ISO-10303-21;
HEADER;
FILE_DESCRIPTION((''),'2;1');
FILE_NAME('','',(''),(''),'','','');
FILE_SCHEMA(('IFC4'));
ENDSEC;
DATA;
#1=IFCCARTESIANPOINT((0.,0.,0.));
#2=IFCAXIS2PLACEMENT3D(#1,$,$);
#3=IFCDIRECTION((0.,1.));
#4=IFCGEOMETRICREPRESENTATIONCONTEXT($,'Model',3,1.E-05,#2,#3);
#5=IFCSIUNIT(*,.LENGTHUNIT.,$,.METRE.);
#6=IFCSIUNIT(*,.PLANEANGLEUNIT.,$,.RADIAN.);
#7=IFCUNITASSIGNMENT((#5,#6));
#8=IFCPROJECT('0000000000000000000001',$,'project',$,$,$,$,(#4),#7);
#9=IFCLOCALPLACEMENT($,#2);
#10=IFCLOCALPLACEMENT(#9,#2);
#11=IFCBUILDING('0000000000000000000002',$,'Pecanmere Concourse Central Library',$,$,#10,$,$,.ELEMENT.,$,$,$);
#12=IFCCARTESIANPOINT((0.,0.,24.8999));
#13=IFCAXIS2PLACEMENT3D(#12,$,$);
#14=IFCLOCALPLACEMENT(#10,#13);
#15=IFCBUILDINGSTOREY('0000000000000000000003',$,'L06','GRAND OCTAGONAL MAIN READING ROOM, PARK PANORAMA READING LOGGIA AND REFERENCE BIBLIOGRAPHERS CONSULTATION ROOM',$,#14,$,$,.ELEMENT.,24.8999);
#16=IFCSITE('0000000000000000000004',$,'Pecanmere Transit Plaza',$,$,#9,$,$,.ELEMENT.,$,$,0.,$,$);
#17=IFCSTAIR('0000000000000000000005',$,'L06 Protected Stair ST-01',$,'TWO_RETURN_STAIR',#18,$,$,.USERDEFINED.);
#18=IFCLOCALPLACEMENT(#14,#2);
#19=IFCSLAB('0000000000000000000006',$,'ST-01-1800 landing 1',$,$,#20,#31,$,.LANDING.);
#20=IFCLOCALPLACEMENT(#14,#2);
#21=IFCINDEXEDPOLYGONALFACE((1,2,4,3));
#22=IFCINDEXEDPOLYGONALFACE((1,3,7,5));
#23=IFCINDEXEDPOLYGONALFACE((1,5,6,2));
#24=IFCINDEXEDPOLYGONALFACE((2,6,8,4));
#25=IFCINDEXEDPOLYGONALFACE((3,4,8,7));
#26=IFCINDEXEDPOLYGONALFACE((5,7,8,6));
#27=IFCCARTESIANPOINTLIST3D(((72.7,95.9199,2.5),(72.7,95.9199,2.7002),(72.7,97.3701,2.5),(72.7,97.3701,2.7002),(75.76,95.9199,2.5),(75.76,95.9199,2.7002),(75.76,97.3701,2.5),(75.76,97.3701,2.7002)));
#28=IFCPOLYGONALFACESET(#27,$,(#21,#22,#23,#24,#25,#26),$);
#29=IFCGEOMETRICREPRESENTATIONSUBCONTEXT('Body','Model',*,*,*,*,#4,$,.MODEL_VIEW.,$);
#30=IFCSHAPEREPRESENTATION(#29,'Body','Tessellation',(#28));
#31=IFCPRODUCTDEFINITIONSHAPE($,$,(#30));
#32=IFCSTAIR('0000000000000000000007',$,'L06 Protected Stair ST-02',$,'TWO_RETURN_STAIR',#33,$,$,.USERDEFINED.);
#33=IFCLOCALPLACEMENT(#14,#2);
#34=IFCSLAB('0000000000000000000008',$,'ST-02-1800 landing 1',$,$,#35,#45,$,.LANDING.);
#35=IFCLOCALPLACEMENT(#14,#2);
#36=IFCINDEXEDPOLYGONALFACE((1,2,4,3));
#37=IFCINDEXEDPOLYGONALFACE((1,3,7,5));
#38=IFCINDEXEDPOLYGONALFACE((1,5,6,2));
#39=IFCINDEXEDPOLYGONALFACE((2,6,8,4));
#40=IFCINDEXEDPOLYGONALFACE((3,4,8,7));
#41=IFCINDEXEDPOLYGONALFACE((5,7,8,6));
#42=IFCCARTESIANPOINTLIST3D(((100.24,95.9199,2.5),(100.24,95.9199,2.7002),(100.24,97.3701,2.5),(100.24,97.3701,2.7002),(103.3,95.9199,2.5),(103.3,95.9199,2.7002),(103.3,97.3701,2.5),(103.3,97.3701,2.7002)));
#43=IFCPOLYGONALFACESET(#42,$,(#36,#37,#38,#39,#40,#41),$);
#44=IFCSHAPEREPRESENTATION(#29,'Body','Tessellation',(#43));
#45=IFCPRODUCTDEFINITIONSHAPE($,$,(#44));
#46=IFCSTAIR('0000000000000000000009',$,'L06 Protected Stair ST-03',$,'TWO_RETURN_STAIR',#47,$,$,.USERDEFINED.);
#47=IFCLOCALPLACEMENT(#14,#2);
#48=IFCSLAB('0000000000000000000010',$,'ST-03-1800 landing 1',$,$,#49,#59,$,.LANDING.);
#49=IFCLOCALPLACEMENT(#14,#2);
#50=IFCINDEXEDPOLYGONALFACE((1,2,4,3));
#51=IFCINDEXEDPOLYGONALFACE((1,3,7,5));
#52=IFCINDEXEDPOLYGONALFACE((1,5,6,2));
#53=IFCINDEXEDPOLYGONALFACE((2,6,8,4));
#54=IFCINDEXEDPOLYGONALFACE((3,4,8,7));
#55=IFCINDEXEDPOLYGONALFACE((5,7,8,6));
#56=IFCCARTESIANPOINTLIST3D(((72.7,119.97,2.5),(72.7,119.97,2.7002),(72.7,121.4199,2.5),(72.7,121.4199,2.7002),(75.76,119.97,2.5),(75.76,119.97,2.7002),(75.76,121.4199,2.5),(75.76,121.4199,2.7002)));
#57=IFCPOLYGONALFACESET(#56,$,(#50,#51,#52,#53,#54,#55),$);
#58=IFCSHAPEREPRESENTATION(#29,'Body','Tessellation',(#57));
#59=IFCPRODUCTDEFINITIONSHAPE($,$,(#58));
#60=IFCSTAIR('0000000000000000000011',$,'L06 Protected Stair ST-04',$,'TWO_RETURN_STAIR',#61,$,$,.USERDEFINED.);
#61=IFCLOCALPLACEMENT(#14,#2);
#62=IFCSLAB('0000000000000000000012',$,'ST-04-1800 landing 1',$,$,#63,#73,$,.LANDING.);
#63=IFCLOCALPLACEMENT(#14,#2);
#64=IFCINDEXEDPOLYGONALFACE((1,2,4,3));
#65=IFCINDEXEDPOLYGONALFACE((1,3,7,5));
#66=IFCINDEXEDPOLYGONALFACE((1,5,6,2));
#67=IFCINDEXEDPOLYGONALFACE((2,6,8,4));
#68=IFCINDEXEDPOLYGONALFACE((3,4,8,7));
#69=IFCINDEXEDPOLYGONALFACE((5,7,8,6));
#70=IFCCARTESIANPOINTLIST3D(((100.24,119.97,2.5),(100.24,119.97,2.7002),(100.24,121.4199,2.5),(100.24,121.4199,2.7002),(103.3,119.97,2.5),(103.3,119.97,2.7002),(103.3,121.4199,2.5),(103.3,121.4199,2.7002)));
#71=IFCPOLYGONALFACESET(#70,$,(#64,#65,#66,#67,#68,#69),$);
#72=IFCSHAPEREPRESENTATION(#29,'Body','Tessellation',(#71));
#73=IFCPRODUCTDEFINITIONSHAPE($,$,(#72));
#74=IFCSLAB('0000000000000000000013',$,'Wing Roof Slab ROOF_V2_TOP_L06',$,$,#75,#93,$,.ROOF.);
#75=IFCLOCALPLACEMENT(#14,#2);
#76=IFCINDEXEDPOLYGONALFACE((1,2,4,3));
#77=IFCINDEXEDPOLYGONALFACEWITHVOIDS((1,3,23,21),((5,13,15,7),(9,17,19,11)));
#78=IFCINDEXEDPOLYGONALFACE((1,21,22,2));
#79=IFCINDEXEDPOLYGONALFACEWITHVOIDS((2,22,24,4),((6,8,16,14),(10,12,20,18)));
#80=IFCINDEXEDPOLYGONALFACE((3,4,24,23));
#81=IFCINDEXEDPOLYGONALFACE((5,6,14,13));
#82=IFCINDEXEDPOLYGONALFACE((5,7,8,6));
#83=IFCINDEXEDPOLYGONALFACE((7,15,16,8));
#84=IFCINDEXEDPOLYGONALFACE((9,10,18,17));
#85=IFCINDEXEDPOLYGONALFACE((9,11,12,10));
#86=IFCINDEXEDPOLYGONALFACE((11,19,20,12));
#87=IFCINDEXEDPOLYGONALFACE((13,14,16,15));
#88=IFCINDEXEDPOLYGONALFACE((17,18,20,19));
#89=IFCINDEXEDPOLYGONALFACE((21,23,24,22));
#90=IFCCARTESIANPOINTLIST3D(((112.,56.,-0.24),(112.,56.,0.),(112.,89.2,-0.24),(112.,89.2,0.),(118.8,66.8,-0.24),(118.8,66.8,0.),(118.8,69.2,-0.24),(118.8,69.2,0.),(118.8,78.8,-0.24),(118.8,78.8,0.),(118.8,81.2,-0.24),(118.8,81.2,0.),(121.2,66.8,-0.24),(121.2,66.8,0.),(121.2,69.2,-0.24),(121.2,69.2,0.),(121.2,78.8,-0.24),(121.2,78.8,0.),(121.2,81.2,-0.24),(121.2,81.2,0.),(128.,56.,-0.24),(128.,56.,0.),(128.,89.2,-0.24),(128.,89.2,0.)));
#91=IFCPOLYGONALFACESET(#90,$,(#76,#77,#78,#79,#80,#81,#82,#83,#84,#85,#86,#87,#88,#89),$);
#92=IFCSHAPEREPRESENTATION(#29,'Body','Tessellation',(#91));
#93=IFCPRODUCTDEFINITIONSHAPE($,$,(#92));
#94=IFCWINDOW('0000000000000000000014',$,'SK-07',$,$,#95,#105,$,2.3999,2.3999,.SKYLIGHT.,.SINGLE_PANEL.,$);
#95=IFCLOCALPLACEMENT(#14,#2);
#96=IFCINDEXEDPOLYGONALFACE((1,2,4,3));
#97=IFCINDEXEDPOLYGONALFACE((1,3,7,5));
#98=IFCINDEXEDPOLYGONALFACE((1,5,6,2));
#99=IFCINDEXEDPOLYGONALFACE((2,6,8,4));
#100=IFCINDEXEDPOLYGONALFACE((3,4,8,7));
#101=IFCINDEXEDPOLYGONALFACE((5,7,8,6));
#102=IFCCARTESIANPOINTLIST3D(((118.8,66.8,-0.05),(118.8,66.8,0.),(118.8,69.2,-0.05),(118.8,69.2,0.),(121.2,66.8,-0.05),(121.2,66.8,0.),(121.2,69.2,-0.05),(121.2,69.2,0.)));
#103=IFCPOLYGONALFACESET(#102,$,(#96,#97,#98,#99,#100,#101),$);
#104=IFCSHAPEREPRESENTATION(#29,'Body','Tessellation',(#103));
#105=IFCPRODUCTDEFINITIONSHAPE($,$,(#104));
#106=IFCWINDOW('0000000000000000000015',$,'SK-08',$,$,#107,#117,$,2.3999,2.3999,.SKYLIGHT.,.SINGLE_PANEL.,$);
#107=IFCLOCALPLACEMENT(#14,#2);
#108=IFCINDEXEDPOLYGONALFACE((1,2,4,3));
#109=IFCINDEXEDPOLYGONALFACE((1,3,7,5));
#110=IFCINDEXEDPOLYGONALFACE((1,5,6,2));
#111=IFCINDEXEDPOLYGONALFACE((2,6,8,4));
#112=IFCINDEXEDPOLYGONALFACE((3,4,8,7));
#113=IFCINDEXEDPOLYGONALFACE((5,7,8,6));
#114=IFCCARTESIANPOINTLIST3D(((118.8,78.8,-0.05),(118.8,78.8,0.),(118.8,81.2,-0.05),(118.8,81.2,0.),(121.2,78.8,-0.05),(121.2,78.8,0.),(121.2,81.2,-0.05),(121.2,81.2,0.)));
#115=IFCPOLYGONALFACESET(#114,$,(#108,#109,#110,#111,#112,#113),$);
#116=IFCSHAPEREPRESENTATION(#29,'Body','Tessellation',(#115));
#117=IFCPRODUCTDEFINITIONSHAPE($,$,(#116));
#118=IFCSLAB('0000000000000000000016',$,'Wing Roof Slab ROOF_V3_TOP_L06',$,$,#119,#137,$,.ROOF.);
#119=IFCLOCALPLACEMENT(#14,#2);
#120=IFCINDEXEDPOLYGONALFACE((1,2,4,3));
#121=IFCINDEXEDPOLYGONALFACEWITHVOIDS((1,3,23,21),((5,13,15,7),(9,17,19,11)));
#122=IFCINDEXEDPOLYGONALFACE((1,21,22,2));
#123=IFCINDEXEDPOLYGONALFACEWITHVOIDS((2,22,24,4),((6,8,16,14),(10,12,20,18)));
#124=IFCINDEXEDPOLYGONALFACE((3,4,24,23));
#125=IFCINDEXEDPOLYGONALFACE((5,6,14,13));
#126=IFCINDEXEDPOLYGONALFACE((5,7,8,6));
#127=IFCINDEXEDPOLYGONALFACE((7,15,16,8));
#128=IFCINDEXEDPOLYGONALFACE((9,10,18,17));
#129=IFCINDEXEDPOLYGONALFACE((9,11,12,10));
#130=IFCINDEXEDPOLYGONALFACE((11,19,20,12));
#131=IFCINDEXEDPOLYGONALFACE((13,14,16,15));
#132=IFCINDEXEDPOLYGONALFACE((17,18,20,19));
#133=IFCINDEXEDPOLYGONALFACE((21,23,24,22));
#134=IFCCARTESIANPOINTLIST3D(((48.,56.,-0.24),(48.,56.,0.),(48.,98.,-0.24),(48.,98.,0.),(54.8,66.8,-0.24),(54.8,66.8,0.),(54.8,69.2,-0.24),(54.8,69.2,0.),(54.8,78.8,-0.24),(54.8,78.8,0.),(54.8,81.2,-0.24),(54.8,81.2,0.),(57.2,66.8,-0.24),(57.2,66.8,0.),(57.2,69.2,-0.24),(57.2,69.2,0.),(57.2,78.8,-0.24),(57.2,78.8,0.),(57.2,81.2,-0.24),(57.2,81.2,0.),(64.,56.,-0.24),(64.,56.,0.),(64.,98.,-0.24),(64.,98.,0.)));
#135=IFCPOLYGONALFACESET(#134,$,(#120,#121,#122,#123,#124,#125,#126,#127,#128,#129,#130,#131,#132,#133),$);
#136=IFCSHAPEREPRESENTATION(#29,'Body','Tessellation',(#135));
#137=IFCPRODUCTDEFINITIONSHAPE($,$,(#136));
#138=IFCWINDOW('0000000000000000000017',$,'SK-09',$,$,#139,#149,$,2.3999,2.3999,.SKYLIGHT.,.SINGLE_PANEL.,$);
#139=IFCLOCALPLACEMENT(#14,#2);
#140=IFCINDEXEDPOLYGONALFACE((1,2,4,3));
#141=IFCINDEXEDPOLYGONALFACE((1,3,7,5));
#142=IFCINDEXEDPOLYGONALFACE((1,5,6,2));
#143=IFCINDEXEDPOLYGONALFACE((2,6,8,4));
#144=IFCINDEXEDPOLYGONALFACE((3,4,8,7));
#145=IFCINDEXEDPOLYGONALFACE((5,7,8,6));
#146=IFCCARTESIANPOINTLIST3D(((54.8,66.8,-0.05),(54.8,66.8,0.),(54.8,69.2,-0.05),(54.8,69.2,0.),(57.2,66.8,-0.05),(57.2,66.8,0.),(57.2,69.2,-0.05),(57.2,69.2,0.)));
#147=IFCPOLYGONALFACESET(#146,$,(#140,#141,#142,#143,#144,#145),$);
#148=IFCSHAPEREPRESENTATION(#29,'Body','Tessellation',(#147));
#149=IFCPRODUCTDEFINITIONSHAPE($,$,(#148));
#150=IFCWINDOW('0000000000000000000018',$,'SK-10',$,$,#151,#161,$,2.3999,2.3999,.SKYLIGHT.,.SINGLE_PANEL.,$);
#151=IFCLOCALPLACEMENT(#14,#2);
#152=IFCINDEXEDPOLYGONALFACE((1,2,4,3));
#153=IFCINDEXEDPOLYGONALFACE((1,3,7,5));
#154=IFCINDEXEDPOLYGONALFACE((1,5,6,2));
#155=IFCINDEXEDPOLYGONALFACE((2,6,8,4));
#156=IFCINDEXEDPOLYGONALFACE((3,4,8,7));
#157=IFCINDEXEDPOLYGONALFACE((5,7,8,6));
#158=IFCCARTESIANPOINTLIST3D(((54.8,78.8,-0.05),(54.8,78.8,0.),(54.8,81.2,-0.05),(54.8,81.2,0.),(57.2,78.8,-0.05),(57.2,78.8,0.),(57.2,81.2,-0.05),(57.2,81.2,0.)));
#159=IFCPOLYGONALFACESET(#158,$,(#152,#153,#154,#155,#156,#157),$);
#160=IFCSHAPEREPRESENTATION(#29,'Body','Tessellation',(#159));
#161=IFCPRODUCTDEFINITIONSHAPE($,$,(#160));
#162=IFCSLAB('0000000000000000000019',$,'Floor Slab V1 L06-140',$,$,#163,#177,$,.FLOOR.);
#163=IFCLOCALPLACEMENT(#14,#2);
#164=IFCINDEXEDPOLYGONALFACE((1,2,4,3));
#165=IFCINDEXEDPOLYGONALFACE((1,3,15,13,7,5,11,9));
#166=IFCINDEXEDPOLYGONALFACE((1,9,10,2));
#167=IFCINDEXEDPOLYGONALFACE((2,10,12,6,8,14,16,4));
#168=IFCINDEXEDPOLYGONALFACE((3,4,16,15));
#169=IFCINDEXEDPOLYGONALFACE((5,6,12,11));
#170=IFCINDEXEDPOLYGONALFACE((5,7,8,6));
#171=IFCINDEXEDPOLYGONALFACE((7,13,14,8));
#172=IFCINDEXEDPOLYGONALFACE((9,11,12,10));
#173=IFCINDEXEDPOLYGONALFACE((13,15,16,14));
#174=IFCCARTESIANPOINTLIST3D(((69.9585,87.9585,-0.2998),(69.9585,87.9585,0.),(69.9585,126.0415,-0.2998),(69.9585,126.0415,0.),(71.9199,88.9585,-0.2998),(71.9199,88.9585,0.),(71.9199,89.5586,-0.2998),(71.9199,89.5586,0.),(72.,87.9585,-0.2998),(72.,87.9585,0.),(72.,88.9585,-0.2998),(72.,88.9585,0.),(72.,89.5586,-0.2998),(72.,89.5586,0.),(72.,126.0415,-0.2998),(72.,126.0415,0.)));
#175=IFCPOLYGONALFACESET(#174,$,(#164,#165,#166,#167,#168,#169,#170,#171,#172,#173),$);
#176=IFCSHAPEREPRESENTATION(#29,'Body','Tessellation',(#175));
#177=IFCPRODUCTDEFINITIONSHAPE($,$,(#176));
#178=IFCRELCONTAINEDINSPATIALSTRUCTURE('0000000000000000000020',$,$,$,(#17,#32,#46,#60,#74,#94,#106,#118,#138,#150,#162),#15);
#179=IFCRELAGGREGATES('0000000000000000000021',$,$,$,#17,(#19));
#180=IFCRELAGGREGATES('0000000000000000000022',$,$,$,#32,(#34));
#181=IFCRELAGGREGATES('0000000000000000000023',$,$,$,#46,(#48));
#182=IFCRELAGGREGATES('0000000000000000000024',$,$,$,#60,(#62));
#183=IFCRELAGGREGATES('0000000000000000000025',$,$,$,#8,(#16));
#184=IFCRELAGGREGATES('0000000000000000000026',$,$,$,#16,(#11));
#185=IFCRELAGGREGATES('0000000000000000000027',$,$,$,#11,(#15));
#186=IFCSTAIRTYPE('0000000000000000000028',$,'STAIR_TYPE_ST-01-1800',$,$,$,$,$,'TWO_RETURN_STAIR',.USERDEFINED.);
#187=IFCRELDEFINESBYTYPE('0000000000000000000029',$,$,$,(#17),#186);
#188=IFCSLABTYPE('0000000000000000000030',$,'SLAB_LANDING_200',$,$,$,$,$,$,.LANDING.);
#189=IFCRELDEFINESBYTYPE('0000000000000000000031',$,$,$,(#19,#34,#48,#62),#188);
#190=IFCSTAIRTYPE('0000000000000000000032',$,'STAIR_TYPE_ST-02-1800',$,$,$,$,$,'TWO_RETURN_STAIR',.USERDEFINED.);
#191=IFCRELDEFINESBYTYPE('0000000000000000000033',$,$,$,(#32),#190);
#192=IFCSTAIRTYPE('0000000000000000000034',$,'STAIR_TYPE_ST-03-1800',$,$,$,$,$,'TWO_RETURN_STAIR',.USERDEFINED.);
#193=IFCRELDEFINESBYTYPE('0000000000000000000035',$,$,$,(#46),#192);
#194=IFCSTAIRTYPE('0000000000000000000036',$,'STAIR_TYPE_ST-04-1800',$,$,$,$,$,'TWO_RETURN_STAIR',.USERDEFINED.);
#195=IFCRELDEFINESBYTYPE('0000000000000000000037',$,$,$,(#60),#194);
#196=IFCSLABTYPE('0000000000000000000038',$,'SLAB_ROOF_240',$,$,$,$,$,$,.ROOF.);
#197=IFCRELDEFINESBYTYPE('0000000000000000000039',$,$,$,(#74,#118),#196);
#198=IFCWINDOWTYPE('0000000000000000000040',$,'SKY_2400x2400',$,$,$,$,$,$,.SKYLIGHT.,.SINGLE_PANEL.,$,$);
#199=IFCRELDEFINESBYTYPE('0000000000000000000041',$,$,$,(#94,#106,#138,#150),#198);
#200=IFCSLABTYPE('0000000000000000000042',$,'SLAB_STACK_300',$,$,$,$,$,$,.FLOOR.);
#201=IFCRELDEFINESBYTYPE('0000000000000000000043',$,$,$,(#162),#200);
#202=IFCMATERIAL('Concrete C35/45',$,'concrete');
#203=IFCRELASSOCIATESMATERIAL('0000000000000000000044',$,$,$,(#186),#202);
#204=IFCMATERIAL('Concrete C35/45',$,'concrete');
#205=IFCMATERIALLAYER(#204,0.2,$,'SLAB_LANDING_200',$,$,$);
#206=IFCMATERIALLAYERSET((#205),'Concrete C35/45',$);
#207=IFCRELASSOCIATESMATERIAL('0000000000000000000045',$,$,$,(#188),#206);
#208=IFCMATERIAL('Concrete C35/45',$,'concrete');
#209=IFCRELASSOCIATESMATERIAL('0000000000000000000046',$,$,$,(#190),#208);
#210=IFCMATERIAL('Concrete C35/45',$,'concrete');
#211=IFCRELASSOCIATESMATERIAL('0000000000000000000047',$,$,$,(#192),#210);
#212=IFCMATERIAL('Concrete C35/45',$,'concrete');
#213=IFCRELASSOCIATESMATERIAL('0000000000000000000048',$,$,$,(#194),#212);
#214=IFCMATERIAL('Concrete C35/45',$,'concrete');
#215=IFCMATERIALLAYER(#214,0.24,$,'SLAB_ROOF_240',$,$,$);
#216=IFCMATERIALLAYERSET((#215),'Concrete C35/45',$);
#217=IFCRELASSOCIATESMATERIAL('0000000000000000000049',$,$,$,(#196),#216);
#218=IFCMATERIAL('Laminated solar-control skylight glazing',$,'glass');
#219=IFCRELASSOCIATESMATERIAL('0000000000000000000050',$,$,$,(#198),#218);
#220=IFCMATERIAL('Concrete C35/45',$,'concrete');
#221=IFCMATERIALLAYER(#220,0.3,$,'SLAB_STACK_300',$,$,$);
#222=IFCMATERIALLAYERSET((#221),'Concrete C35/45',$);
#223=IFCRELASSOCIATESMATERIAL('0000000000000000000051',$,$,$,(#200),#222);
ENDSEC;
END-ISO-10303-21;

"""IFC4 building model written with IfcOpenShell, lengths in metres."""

from ifc_helpers import new_model, si_unit, direction, frame, origin, origin_2d, place, context, subcontext, project, spatial, polyline, rectangle, outline, extrude, material, layer, layer_set, type_object, element, fill, aggregate, save


model = new_model("IFC4")

# Units and contexts
model_context = context("Model", 3, precision=1e-05, world=origin(), true_north=direction((0.0, 1.0)))
body_context = subcontext(model_context, "Body", "Model", "MODEL_VIEW")
ifc_project = project(units=[si_unit("LENGTHUNIT", "METRE"), si_unit("PLANEANGLEUNIT", "RADIAN")], contexts=[model_context])

# Site, building, storey
site_placement = place(None, origin())
site = spatial("IfcSite", under=ifc_project, at=site_placement, Name="Pecanmere Transit Plaza", CompositionType="ELEMENT", RefElevation=0.0)
building_placement = place(site_placement, origin())
building = spatial("IfcBuilding", under=site, at=building_placement, Name="Pecanmere Concourse Central Library", CompositionType="ELEMENT")
storey_placement = place(building_placement, frame((0.0, 0.0, 24.8999)))
storey = spatial("IfcBuildingStorey", under=building, at=storey_placement, Name="L06", Description="GRAND OCTAGONAL MAIN READING ROOM, PARK PANORAMA READING LOGGIA AND REFERENCE BIBLIOGRAPHERS CONSULTATION ROOM", CompositionType="ELEMENT", Elevation=24.8999)

# Stairs, slabs
ifc_material_1 = material(Name="Concrete C35/45", Category="concrete")
stair_type_1 = type_object("IfcStairType", Name="STAIR_TYPE_ST-01-1800", ElementType="TWO_RETURN_STAIR", PredefinedType="USERDEFINED", material=ifc_material_1)
stair_1_placement = place(storey_placement, origin())
stair_1 = element("IfcStair", 1, at=stair_1_placement, inside=storey, type_object=stair_type_1, Name="L06 Protected Stair ST-01", ObjectType="TWO_RETURN_STAIR", PredefinedType="USERDEFINED")
ifc_material_2 = material(Name="Concrete C35/45", Category="concrete")
ifc_layer_1 = layer(ifc_material_2, 0.2, Name="SLAB_LANDING_200")
ifc_layer_set_1 = layer_set([ifc_layer_1], Name="Concrete C35/45")
slab_type_1 = type_object("IfcSlabType", Name="SLAB_LANDING_200", PredefinedType="LANDING", material=ifc_layer_set_1)
slab_1_placement = place(storey_placement, frame((0.0, 0.0, 2.5)))
slab_1 = element("IfcSlab", 2, at=slab_1_placement, type_object=slab_type_1, Name="ST-01-1800 landing 1", PredefinedType="LANDING", context=body_context, shape_type="SweptSolid", body=[
    extrude(outline(polyline([(75.76, 95.9199), (75.76, 97.3701), (72.7, 97.3701), (72.7, 95.9199), (75.76, 95.9199)])), origin(), (0.0, 0.0, 1.0), 0.2002),
])
aggregate(stair_1, [slab_1])
ifc_material_3 = material(Name="Concrete C35/45", Category="concrete")
stair_type_2 = type_object("IfcStairType", Name="STAIR_TYPE_ST-02-1800", ElementType="TWO_RETURN_STAIR", PredefinedType="USERDEFINED", material=ifc_material_3)
stair_2_placement = place(storey_placement, origin())
stair_2 = element("IfcStair", 3, at=stair_2_placement, inside=storey, type_object=stair_type_2, Name="L06 Protected Stair ST-02", ObjectType="TWO_RETURN_STAIR", PredefinedType="USERDEFINED")
slab_2_placement = place(storey_placement, frame((0.0, 0.0, 2.5)))
slab_2 = element("IfcSlab", 4, at=slab_2_placement, type_object=slab_type_1, Name="ST-02-1800 landing 1", PredefinedType="LANDING", context=body_context, shape_type="SweptSolid", body=[
    extrude(outline(polyline([(103.3, 95.9199), (103.3, 97.3701), (100.24, 97.3701), (100.24, 95.9199), (103.3, 95.9199)])), origin(), (0.0, 0.0, 1.0), 0.2002),
])
aggregate(stair_2, [slab_2])
ifc_material_4 = material(Name="Concrete C35/45", Category="concrete")
stair_type_3 = type_object("IfcStairType", Name="STAIR_TYPE_ST-03-1800", ElementType="TWO_RETURN_STAIR", PredefinedType="USERDEFINED", material=ifc_material_4)
stair_3_placement = place(storey_placement, origin())
stair_3 = element("IfcStair", 5, at=stair_3_placement, inside=storey, type_object=stair_type_3, Name="L06 Protected Stair ST-03", ObjectType="TWO_RETURN_STAIR", PredefinedType="USERDEFINED")
slab_3_placement = place(storey_placement, frame((0.0, 0.0, 2.5)))
slab_3 = element("IfcSlab", 6, at=slab_3_placement, type_object=slab_type_1, Name="ST-03-1800 landing 1", PredefinedType="LANDING", context=body_context, shape_type="SweptSolid", body=[
    extrude(outline(polyline([(75.76, 119.97), (75.76, 121.4199), (72.7, 121.4199), (72.7, 119.97), (75.76, 119.97)])), origin(), (0.0, 0.0, 1.0), 0.2002),
])
aggregate(stair_3, [slab_3])
ifc_material_5 = material(Name="Concrete C35/45", Category="concrete")
stair_type_4 = type_object("IfcStairType", Name="STAIR_TYPE_ST-04-1800", ElementType="TWO_RETURN_STAIR", PredefinedType="USERDEFINED", material=ifc_material_5)
stair_4_placement = place(storey_placement, origin())
stair_4 = element("IfcStair", 7, at=stair_4_placement, inside=storey, type_object=stair_type_4, Name="L06 Protected Stair ST-04", ObjectType="TWO_RETURN_STAIR", PredefinedType="USERDEFINED")
slab_4_placement = place(storey_placement, frame((0.0, 0.0, 2.5)))
slab_4 = element("IfcSlab", 8, at=slab_4_placement, type_object=slab_type_1, Name="ST-04-1800 landing 1", PredefinedType="LANDING", context=body_context, shape_type="SweptSolid", body=[
    extrude(outline(polyline([(103.3, 119.97), (103.3, 121.4199), (100.24, 121.4199), (100.24, 119.97), (103.3, 119.97)])), origin(), (0.0, 0.0, 1.0), 0.2002),
])
aggregate(stair_4, [slab_4])

# Slabs, openings, windows
ifc_material_6 = material(Name="Concrete C35/45", Category="concrete")
ifc_layer_2 = layer(ifc_material_6, 0.24, Name="SLAB_ROOF_240")
ifc_layer_set_2 = layer_set([ifc_layer_2], Name="Concrete C35/45")
slab_type_2 = type_object("IfcSlabType", Name="SLAB_ROOF_240", PredefinedType="ROOF", material=ifc_layer_set_2)
slab_5_placement = place(storey_placement, frame((0.0, 0.0, -0.24)))
slab_5 = element("IfcSlab", 9, at=slab_5_placement, inside=storey, type_object=slab_type_2, Name="Wing Roof Slab ROOF_V2_TOP_L06", PredefinedType="ROOF", context=body_context, shape_type="SweptSolid", body=[
    extrude(outline(polyline([(128.0, 56.0), (128.0, 89.2), (112.0, 89.2), (112.0, 56.0), (128.0, 56.0)])), origin(), (0.0, 0.0, 1.0), 0.24),
])
opening_1_placement = place(slab_5_placement, frame((120.0, 68.0, 0.0)))
opening_1 = element("IfcOpeningElement", 10, at=opening_1_placement, cuts=slab_5, PredefinedType="OPENING", context=body_context, shape_type="SweptSolid", body=[
    extrude(rectangle(XDim=2.3999, YDim=2.3999, at=origin_2d()), origin(), (0.0, 0.0, 1.0), 0.24),
])
opening_2_placement = place(slab_5_placement, frame((120.0, 80.0, 0.0)))
opening_2 = element("IfcOpeningElement", 11, at=opening_2_placement, cuts=slab_5, PredefinedType="OPENING", context=body_context, shape_type="SweptSolid", body=[
    extrude(rectangle(XDim=2.3999, YDim=2.3999, at=origin_2d()), origin(), (0.0, 0.0, 1.0), 0.24),
])
ifc_material_7 = material(Name="Laminated solar-control skylight glazing", Category="glass")
window_type = type_object("IfcWindowType", Name="SKY_2400x2400", PartitioningType="SINGLE_PANEL", PredefinedType="SKYLIGHT", material=ifc_material_7)
window_1_placement = place(opening_1_placement, frame((0.0, 0.0, 0.1899)))
window_1 = element("IfcWindow", 12, at=window_1_placement, inside=storey, type_object=window_type, Name="SK-07", OverallHeight=2.3999, OverallWidth=2.3999, PartitioningType="SINGLE_PANEL", PredefinedType="SKYLIGHT", context=body_context, shape_type="SweptSolid", body=[
    extrude(rectangle(XDim=2.3999, YDim=2.3999, at=origin_2d()), origin(), (0.0, 0.0, 1.0), 0.05),
])
fill(opening_1, window_1)
window_2_placement = place(opening_2_placement, frame((0.0, 0.0, 0.1899)))
window_2 = element("IfcWindow", 13, at=window_2_placement, inside=storey, type_object=window_type, Name="SK-08", OverallHeight=2.3999, OverallWidth=2.3999, PartitioningType="SINGLE_PANEL", PredefinedType="SKYLIGHT", context=body_context, shape_type="SweptSolid", body=[
    extrude(rectangle(XDim=2.3999, YDim=2.3999, at=origin_2d()), origin(), (0.0, 0.0, 1.0), 0.05),
])
fill(opening_2, window_2)
slab_6_placement = place(storey_placement, frame((0.0, 0.0, -0.24)))
slab_6 = element("IfcSlab", 14, at=slab_6_placement, inside=storey, type_object=slab_type_2, Name="Wing Roof Slab ROOF_V3_TOP_L06", PredefinedType="ROOF", context=body_context, shape_type="SweptSolid", body=[
    extrude(outline(polyline([(64.0, 56.0), (64.0, 98.0), (48.0, 98.0), (48.0, 56.0), (64.0, 56.0)])), origin(), (0.0, 0.0, 1.0), 0.24),
])
opening_3_placement = place(slab_6_placement, frame((56.0, 68.0, 0.0)))
opening_3 = element("IfcOpeningElement", 15, at=opening_3_placement, cuts=slab_6, PredefinedType="OPENING", context=body_context, shape_type="SweptSolid", body=[
    extrude(rectangle(XDim=2.3999, YDim=2.3999, at=origin_2d()), origin(), (0.0, 0.0, 1.0), 0.24),
])
opening_4_placement = place(slab_6_placement, frame((56.0, 80.0, 0.0)))
opening_4 = element("IfcOpeningElement", 16, at=opening_4_placement, cuts=slab_6, PredefinedType="OPENING", context=body_context, shape_type="SweptSolid", body=[
    extrude(rectangle(XDim=2.3999, YDim=2.3999, at=origin_2d()), origin(), (0.0, 0.0, 1.0), 0.24),
])
window_3_placement = place(opening_3_placement, frame((0.0, 0.0, 0.1899)))
window_3 = element("IfcWindow", 17, at=window_3_placement, inside=storey, type_object=window_type, Name="SK-09", OverallHeight=2.3999, OverallWidth=2.3999, PartitioningType="SINGLE_PANEL", PredefinedType="SKYLIGHT", context=body_context, shape_type="SweptSolid", body=[
    extrude(rectangle(XDim=2.3999, YDim=2.3999, at=origin_2d()), origin(), (0.0, 0.0, 1.0), 0.05),
])
fill(opening_3, window_3)
window_4_placement = place(opening_4_placement, frame((0.0, 0.0, 0.1899)))
window_4 = element("IfcWindow", 18, at=window_4_placement, inside=storey, type_object=window_type, Name="SK-10", OverallHeight=2.3999, OverallWidth=2.3999, PartitioningType="SINGLE_PANEL", PredefinedType="SKYLIGHT", context=body_context, shape_type="SweptSolid", body=[
    extrude(rectangle(XDim=2.3999, YDim=2.3999, at=origin_2d()), origin(), (0.0, 0.0, 1.0), 0.05),
])
fill(opening_4, window_4)

# Slab
ifc_material_8 = material(Name="Concrete C35/45", Category="concrete")
ifc_layer_3 = layer(ifc_material_8, 0.3, Name="SLAB_STACK_300")
ifc_layer_set_3 = layer_set([ifc_layer_3], Name="Concrete C35/45")
slab_type_3 = type_object("IfcSlabType", Name="SLAB_STACK_300", PredefinedType="FLOOR", material=ifc_layer_set_3)
slab_7_placement = place(storey_placement, frame((0.0, 0.0, -0.2998)))
element("IfcSlab", 19, at=slab_7_placement, inside=storey, type_object=slab_type_3, Name="Floor Slab V1 L06-140", PredefinedType="FLOOR", context=body_context, shape_type="SweptSolid", body=[
    extrude(outline(polyline([(72.0, 89.5586), (71.9199, 89.5586), (71.9199, 88.9585), (72.0, 88.9585), (72.0, 87.9585), (69.9585, 87.9585), (69.9585, 126.0415), (72.0, 126.0415), (72.0, 89.5586)])), origin(), (0.0, 0.0, 1.0), 0.2998),
])

save(model, "model.ifc")
